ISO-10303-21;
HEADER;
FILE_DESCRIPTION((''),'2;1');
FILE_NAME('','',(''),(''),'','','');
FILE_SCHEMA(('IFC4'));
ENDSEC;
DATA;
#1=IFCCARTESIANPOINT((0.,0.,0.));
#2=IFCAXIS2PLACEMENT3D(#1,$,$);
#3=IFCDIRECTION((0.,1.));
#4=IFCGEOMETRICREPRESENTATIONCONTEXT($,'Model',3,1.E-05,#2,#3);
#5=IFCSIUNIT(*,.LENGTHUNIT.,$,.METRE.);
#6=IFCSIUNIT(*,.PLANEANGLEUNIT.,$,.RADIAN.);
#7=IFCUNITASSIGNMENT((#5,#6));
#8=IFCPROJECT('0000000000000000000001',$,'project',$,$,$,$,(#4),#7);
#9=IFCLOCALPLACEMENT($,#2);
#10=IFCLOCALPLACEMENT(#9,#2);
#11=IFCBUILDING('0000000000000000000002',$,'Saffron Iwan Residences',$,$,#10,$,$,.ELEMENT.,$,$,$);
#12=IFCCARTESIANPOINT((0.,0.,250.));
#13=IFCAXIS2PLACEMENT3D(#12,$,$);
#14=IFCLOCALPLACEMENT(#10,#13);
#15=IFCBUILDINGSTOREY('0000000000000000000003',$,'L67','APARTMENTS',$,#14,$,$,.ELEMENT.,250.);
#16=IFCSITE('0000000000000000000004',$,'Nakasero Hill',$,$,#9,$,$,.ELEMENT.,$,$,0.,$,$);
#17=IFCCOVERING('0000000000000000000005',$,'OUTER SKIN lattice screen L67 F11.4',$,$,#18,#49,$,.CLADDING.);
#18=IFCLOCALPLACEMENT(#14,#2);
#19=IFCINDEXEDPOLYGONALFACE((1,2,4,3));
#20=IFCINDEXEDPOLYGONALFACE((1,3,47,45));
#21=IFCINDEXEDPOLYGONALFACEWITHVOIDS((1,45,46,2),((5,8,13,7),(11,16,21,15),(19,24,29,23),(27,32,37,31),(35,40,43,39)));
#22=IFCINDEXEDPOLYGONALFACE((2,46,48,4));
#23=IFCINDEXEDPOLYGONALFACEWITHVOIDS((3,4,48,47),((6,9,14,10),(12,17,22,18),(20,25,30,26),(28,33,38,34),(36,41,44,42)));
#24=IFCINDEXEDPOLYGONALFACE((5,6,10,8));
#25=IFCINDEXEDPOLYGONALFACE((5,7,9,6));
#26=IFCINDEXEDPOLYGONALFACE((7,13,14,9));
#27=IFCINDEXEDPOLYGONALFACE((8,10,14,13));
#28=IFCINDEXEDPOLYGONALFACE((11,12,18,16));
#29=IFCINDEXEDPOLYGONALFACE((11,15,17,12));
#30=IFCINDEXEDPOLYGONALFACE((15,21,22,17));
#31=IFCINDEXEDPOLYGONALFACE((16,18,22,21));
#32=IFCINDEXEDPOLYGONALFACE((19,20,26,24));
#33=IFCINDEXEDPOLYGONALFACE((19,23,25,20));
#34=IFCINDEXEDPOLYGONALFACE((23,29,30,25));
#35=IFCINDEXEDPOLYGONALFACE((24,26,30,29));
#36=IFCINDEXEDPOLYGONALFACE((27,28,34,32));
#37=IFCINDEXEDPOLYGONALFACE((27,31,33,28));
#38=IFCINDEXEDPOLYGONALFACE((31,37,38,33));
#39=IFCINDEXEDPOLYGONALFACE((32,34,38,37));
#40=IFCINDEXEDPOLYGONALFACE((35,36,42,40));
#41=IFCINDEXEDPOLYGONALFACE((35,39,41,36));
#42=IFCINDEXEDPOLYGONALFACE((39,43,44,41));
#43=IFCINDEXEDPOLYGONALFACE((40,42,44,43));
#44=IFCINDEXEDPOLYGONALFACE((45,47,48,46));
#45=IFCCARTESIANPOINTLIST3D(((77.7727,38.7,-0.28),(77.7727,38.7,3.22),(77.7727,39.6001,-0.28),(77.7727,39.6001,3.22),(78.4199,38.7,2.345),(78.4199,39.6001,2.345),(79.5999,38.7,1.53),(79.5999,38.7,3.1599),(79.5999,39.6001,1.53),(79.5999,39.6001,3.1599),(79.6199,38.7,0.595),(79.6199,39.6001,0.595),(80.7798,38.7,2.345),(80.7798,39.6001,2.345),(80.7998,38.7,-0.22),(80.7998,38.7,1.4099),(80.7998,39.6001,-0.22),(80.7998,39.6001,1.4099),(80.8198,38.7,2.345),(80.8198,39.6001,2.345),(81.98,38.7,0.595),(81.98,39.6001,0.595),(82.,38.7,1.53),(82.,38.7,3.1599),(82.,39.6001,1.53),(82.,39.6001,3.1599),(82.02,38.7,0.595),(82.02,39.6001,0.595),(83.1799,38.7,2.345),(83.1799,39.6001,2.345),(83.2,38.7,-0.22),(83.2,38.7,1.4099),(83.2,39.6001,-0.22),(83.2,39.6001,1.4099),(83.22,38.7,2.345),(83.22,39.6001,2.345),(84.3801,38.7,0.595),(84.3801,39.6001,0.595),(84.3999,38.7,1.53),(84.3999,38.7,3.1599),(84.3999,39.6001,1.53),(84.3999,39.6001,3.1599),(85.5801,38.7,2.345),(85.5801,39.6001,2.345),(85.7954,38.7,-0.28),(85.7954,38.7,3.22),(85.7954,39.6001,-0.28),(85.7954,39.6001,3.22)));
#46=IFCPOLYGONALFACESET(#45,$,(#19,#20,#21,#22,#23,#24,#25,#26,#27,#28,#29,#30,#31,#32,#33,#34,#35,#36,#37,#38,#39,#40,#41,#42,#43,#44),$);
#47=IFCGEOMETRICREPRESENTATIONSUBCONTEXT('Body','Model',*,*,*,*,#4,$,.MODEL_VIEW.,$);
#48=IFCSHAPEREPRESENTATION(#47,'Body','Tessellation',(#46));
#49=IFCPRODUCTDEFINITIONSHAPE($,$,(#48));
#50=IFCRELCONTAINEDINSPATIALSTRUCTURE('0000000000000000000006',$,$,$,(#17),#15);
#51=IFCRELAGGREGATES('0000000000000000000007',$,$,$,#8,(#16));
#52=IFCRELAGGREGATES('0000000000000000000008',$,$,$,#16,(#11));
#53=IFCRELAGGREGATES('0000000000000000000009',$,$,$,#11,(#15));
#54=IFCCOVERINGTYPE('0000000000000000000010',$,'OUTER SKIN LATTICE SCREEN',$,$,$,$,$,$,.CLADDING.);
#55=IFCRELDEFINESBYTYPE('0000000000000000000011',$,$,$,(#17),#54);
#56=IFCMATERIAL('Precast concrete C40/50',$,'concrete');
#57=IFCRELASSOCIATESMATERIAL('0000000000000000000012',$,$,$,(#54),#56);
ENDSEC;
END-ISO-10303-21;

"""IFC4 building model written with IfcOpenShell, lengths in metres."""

from ifc_helpers import new_model, si_unit, direction, frame, origin, place, context, subcontext, project, spatial, polyline, outline, extrude, material, type_object, element, save


model = new_model("IFC4")

# Units and contexts
model_context = context("Model", 3, precision=1e-05, world=origin(), true_north=direction((0.0, 1.0)))
body_context = subcontext(model_context, "Body", "Model", "MODEL_VIEW")
ifc_project = project(units=[si_unit("LENGTHUNIT", "METRE"), si_unit("PLANEANGLEUNIT", "RADIAN")], contexts=[model_context])

# Site, building, storey
site_placement = place(None, origin())
site = spatial("IfcSite", under=ifc_project, at=site_placement, Name="Nakasero Hill", CompositionType="ELEMENT", RefElevation=0.0)
building_placement = place(site_placement, origin())
building = spatial("IfcBuilding", under=site, at=building_placement, Name="Saffron Iwan Residences", CompositionType="ELEMENT")
storey_placement = place(building_placement, frame((0.0, 0.0, 250.0)))
storey = spatial("IfcBuildingStorey", under=building, at=storey_placement, Name="L67", Description="APARTMENTS", CompositionType="ELEMENT", Elevation=250.0)

# Covering
ifc_material_1 = material(Name="Precast concrete C40/50", Category="concrete")
covering_type = type_object("IfcCoveringType", Name="OUTER SKIN LATTICE SCREEN", PredefinedType="CLADDING", material=ifc_material_1)
covering_1_placement = place(storey_placement, frame((77.7727, 39.6001, -0.28), z_axis=(0.0, -1.0, 0.0), x_axis=(1.0, 0.0, 0.0)))
element("IfcCovering", 1, at=covering_1_placement, inside=storey, type_object=covering_type, Name="OUTER SKIN lattice screen L67 F11.4", PredefinedType="CLADDING", context=body_context, shape_type="SweptSolid", body=[
    extrude(outline(polyline([(0.0, 0.0), (8.0227, 0.0), (8.0227, 3.5), (0.0, 3.5), (0.0, 0.0)]), holes=[polyline([(1.8472, 0.875), (3.0271, 0.0601), (4.2073, 0.875), (3.0271, 1.6899), (1.8472, 0.875)]), polyline([(4.2473, 0.875), (5.4272, 0.0601), (6.6074, 0.875), (5.4272, 1.6899), (4.2473, 0.875)]), polyline([(0.6472, 2.625), (1.8271, 1.8101), (3.0071, 2.625), (1.8271, 3.4399), (0.6472, 2.625)]), polyline([(3.0471, 2.625), (4.2273, 1.8101), (5.4072, 2.625), (4.2273, 3.4399), (3.0471, 2.625)]), polyline([(5.4473, 2.625), (6.6272, 1.8101), (7.8074, 2.625), (6.6272, 3.4399), (5.4473, 2.625)])]), origin(), (0.0, 0.0, 1.0), 0.9001),
])

save(model, "model.ifc")
